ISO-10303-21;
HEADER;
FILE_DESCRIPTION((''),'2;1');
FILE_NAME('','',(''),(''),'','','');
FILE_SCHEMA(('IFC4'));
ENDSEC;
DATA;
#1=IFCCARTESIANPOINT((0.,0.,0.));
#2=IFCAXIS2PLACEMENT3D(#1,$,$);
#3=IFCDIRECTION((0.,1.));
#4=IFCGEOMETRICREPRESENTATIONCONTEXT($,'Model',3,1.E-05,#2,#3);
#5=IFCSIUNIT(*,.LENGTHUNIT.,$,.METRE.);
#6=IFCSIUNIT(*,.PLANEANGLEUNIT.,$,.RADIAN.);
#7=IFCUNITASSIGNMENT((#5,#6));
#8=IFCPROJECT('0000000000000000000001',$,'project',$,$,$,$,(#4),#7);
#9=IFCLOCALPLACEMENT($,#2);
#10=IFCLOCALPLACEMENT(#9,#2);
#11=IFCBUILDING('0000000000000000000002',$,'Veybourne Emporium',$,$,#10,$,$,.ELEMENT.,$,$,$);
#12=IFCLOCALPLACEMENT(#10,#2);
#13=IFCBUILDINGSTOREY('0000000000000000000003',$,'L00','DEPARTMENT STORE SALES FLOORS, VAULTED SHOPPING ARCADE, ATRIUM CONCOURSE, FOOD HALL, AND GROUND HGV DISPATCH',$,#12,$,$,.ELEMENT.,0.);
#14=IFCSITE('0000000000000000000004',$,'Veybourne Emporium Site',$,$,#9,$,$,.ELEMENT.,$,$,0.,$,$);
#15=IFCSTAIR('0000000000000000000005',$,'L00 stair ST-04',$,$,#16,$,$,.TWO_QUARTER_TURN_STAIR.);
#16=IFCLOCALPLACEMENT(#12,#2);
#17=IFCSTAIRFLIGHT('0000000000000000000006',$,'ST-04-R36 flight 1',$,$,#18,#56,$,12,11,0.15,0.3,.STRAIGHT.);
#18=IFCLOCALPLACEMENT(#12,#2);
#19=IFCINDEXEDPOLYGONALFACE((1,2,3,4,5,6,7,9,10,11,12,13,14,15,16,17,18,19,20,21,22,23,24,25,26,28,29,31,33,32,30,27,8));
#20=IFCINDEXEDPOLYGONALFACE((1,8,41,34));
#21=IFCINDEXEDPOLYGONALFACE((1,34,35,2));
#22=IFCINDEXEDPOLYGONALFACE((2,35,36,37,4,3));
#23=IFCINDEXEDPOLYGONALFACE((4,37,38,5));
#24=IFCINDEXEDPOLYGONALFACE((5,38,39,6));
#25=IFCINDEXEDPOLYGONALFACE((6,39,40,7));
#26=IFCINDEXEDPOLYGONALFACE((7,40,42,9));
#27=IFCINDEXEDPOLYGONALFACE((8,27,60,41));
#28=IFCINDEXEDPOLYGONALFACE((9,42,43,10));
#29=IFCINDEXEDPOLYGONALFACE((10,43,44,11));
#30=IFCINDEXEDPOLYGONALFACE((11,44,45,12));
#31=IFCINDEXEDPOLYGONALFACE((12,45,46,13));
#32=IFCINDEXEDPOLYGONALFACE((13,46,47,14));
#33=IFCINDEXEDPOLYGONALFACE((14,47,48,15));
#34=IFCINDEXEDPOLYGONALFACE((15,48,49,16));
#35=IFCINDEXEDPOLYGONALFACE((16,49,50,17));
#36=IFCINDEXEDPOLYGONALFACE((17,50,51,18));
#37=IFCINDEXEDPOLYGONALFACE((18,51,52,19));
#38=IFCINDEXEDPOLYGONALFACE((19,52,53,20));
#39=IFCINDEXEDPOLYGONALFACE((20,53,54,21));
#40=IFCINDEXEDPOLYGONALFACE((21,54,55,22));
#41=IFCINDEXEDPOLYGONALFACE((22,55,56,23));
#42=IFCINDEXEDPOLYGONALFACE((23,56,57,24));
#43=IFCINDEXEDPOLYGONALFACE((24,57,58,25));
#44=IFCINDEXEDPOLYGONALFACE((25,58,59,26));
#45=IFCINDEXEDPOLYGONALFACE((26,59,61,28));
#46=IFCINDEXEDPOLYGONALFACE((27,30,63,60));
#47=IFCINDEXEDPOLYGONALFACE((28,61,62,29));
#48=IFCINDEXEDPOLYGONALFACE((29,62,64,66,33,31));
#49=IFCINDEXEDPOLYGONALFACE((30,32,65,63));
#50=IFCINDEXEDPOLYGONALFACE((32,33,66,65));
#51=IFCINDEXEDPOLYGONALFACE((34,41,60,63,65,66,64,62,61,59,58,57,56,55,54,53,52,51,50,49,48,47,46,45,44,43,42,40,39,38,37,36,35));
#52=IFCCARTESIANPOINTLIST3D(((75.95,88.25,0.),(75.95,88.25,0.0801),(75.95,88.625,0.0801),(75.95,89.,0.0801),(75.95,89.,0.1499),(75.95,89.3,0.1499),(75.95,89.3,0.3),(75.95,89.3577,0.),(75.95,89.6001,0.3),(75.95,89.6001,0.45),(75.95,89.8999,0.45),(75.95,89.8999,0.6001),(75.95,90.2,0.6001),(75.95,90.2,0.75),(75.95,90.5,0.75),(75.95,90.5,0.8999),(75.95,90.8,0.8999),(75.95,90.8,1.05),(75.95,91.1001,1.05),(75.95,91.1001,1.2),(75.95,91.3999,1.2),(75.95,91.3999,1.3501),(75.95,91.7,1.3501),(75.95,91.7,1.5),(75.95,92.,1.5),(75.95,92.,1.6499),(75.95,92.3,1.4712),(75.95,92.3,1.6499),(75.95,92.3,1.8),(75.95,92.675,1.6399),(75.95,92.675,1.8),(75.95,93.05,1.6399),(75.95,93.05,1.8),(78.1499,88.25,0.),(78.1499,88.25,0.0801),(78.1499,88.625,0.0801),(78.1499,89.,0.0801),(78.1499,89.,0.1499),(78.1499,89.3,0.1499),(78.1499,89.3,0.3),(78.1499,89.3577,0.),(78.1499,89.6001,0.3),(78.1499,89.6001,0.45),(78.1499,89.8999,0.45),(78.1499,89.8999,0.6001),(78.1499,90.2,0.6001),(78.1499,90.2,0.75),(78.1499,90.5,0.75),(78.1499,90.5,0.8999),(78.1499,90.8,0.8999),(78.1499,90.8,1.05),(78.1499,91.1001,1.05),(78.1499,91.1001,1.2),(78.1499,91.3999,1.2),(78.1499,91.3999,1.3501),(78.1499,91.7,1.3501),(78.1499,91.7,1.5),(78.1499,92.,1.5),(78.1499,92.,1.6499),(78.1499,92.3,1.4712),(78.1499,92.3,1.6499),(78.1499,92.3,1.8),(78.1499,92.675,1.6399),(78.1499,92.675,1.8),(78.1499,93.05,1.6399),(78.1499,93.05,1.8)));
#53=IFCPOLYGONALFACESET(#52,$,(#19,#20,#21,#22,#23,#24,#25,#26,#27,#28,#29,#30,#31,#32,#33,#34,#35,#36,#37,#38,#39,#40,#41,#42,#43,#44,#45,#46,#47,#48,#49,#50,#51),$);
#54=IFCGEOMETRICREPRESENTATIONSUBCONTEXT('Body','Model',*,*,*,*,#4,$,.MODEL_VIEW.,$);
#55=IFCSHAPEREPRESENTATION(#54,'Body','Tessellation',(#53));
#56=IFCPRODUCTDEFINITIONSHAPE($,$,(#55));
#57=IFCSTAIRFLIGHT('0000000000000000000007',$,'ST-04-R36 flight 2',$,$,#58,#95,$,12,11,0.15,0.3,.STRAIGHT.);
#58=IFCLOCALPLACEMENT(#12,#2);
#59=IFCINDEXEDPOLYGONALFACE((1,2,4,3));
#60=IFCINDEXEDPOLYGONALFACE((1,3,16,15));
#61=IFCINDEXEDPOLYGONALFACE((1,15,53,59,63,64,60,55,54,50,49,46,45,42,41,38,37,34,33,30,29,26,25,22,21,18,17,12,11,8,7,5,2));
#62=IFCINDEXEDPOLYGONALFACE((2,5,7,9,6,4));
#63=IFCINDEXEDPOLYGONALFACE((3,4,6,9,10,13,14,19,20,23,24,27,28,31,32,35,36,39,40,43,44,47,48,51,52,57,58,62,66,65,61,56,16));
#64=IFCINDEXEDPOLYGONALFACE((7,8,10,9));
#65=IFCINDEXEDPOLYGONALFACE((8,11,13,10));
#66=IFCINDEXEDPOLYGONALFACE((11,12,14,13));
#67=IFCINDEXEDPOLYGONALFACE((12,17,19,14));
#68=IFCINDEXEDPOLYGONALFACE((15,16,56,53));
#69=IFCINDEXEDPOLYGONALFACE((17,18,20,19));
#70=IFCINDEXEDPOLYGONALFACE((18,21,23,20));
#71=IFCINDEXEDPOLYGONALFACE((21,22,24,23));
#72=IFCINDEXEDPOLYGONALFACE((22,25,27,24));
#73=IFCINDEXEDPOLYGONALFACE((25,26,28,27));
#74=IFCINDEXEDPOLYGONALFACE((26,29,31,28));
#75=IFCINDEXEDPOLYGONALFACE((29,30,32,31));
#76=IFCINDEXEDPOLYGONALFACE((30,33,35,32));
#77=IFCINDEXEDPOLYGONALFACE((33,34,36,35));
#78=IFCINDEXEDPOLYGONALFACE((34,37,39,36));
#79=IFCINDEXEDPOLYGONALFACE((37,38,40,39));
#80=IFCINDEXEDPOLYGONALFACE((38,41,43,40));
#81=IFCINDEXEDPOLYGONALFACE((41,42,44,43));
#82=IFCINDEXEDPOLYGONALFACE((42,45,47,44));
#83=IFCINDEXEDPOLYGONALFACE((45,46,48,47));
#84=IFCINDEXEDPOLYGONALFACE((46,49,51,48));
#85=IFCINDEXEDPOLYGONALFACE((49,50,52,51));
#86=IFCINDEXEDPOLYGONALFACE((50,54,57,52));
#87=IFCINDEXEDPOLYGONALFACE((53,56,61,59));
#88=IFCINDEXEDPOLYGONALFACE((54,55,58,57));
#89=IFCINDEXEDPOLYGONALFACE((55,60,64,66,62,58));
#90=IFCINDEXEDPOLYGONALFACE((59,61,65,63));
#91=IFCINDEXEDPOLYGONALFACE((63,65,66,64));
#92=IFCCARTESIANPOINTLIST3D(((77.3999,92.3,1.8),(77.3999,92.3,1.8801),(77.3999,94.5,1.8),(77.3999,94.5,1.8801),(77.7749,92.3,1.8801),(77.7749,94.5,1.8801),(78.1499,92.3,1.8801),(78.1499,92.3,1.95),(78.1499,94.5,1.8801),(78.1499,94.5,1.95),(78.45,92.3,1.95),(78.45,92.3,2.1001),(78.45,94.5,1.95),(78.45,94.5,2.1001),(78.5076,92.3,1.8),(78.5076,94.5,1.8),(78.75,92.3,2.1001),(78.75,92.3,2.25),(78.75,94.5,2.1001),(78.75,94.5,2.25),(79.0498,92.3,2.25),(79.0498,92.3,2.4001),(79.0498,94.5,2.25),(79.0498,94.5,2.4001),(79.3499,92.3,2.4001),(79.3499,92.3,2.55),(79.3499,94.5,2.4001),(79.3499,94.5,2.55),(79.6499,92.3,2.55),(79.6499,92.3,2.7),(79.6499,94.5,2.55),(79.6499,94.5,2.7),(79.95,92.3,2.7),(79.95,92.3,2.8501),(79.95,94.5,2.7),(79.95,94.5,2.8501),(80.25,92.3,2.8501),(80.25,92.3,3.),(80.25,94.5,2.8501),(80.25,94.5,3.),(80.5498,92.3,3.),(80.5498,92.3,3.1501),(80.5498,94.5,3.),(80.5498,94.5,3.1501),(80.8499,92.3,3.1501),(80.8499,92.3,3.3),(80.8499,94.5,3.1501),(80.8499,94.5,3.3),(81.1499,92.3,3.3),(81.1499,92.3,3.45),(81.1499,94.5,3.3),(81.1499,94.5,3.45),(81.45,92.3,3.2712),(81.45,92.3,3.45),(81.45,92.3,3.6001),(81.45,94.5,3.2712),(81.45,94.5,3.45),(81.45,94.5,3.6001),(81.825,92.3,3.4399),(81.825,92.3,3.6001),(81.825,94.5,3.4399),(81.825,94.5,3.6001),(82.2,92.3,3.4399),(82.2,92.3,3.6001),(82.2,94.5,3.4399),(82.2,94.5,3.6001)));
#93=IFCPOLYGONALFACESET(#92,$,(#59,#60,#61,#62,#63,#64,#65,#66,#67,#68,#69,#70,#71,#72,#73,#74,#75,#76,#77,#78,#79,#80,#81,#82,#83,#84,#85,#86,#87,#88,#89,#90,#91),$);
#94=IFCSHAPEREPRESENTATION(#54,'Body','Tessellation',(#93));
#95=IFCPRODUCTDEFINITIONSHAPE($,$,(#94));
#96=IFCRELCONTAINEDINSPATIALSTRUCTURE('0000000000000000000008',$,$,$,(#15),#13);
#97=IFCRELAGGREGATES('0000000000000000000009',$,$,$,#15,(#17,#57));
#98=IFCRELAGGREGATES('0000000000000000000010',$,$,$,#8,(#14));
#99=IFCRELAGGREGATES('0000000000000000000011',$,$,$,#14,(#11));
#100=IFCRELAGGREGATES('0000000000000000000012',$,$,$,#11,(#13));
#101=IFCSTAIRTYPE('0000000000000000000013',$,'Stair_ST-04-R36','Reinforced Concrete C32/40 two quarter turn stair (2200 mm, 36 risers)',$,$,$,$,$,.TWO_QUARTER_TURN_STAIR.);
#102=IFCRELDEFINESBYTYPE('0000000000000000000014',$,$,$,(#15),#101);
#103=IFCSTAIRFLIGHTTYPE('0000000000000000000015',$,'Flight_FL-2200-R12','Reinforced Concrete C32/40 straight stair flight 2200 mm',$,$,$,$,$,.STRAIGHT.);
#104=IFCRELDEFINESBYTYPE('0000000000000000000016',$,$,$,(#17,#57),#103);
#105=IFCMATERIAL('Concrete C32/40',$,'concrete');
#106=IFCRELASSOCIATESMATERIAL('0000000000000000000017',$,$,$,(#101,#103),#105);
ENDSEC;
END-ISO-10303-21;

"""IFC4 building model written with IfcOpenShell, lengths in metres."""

from ifc_helpers import new_model, si_unit, direction, frame, origin, place, context, subcontext, project, spatial, polyline, outline, extrude, material, type_object, element, aggregate, save


model = new_model("IFC4")

# Units and contexts
model_context = context("Model", 3, precision=1e-05, world=origin(), true_north=direction((0.0, 1.0)))
body_context = subcontext(model_context, "Body", "Model", "MODEL_VIEW")
ifc_project = project(units=[si_unit("LENGTHUNIT", "METRE"), si_unit("PLANEANGLEUNIT", "RADIAN")], contexts=[model_context])

# Site, building, storey
site_placement = place(None, origin())
site = spatial("IfcSite", under=ifc_project, at=site_placement, Name="Veybourne Emporium Site", CompositionType="ELEMENT", RefElevation=0.0)
building_placement = place(site_placement, origin())
building = spatial("IfcBuilding", under=site, at=building_placement, Name="Veybourne Emporium", CompositionType="ELEMENT")
storey_placement = place(building_placement, origin())
storey = spatial("IfcBuildingStorey", under=building, at=storey_placement, Name="L00", Description="DEPARTMENT STORE SALES FLOORS, VAULTED SHOPPING ARCADE, ATRIUM CONCOURSE, FOOD HALL, AND GROUND HGV DISPATCH", CompositionType="ELEMENT", Elevation=0.0)

# Shared definitions
ifc_material_1 = material(Name="Concrete C32/40", Category="concrete")

# Stair, stair flights
stair_type = type_object("IfcStairType", Name="Stair_ST-04-R36", Description="Reinforced Concrete C32/40 two quarter turn stair (2200 mm, 36 risers)", PredefinedType="TWO_QUARTER_TURN_STAIR", material=ifc_material_1)
stair_placement = place(storey_placement, origin())
stair = element("IfcStair", 1, at=stair_placement, inside=storey, type_object=stair_type, Name="L00 stair ST-04", PredefinedType="TWO_QUARTER_TURN_STAIR")
stair_flight_type = type_object("IfcStairFlightType", Name="Flight_FL-2200-R12", Description="Reinforced Concrete C32/40 straight stair flight 2200 mm", PredefinedType="STRAIGHT", material=ifc_material_1)
stair_flight_1_placement = place(storey_placement, frame((77.05, 89.0, 0.0), z_axis=(0.0, 0.0, 1.0), x_axis=(0.0, 1.0, 0.0)))
stair_flight_1 = element("IfcStairFlight", 2, at=stair_flight_1_placement, type_object=stair_flight_type, Name="ST-04-R36 flight 1", NumberOfRisers=12, NumberOfTreads=11, PredefinedType="STRAIGHT", RiserHeight=0.15, TreadLength=0.3, context=body_context, shape_type="SweptSolid", body=[
    extrude(outline(polyline([(-0.75, 0.0), (-0.75, 0.0801), (-0.375, 0.0801), (0.0, 0.0801), (0.0, 0.1499), (0.3, 0.1499), (0.3, 0.3), (0.6001, 0.3), (0.6001, 0.45), (0.8999, 0.45), (0.8999, 0.6001), (1.2, 0.6001), (1.2, 0.75), (1.5, 0.75), (1.5, 0.8999), (1.8, 0.8999), (1.8, 1.05), (2.1001, 1.05), (2.1001, 1.2), (2.3999, 1.2), (2.3999, 1.3501), (2.7, 1.3501), (2.7, 1.5), (3.0, 1.5), (3.0, 1.6499), (3.3, 1.6499), (3.3, 1.8), (3.675, 1.8), (4.05, 1.8), (4.05, 1.6399), (3.675, 1.6399), (3.3, 1.4712), (0.3577, 0.0), (-0.75, 0.0)])), frame((0.0, 1.1001, 0.0), z_axis=(0.0, -1.0, 0.0), x_axis=(1.0, 0.0, 0.0)), (0.0, 0.0, 1.0), 2.2),
])
stair_flight_2_placement = place(storey_placement, frame((78.1499, 93.3999, 1.8), z_axis=(0.0, 0.0, 1.0), x_axis=(1.0, 0.0, 0.0)))
stair_flight_2 = element("IfcStairFlight", 3, at=stair_flight_2_placement, type_object=stair_flight_type, Name="ST-04-R36 flight 2", NumberOfRisers=12, NumberOfTreads=11, PredefinedType="STRAIGHT", RiserHeight=0.15, TreadLength=0.3, context=body_context, shape_type="SweptSolid", body=[
    extrude(outline(polyline([(-0.75, 0.0), (-0.75, 0.0801), (-0.375, 0.0801), (0.0, 0.0801), (0.0, 0.1499), (0.3, 0.1499), (0.3, 0.3), (0.6001, 0.3), (0.6001, 0.45), (0.8999, 0.45), (0.8999, 0.6001), (1.2, 0.6001), (1.2, 0.75), (1.5, 0.75), (1.5, 0.8999), (1.8, 0.8999), (1.8, 1.05), (2.1001, 1.05), (2.1001, 1.2), (2.3999, 1.2), (2.3999, 1.3501), (2.7, 1.3501), (2.7, 1.5), (3.0, 1.5), (3.0, 1.6499), (3.3, 1.6499), (3.3, 1.8), (3.675, 1.8), (4.05, 1.8), (4.05, 1.6399), (3.675, 1.6399), (3.3, 1.4712), (0.3577, 0.0), (-0.75, 0.0)])), frame((0.0, 1.1001, 0.0), z_axis=(0.0, -1.0, 0.0), x_axis=(1.0, 0.0, 0.0)), (0.0, 0.0, 1.0), 2.2),
])
aggregate(stair, [stair_flight_1, stair_flight_2])

save(model, "model.ifc")
